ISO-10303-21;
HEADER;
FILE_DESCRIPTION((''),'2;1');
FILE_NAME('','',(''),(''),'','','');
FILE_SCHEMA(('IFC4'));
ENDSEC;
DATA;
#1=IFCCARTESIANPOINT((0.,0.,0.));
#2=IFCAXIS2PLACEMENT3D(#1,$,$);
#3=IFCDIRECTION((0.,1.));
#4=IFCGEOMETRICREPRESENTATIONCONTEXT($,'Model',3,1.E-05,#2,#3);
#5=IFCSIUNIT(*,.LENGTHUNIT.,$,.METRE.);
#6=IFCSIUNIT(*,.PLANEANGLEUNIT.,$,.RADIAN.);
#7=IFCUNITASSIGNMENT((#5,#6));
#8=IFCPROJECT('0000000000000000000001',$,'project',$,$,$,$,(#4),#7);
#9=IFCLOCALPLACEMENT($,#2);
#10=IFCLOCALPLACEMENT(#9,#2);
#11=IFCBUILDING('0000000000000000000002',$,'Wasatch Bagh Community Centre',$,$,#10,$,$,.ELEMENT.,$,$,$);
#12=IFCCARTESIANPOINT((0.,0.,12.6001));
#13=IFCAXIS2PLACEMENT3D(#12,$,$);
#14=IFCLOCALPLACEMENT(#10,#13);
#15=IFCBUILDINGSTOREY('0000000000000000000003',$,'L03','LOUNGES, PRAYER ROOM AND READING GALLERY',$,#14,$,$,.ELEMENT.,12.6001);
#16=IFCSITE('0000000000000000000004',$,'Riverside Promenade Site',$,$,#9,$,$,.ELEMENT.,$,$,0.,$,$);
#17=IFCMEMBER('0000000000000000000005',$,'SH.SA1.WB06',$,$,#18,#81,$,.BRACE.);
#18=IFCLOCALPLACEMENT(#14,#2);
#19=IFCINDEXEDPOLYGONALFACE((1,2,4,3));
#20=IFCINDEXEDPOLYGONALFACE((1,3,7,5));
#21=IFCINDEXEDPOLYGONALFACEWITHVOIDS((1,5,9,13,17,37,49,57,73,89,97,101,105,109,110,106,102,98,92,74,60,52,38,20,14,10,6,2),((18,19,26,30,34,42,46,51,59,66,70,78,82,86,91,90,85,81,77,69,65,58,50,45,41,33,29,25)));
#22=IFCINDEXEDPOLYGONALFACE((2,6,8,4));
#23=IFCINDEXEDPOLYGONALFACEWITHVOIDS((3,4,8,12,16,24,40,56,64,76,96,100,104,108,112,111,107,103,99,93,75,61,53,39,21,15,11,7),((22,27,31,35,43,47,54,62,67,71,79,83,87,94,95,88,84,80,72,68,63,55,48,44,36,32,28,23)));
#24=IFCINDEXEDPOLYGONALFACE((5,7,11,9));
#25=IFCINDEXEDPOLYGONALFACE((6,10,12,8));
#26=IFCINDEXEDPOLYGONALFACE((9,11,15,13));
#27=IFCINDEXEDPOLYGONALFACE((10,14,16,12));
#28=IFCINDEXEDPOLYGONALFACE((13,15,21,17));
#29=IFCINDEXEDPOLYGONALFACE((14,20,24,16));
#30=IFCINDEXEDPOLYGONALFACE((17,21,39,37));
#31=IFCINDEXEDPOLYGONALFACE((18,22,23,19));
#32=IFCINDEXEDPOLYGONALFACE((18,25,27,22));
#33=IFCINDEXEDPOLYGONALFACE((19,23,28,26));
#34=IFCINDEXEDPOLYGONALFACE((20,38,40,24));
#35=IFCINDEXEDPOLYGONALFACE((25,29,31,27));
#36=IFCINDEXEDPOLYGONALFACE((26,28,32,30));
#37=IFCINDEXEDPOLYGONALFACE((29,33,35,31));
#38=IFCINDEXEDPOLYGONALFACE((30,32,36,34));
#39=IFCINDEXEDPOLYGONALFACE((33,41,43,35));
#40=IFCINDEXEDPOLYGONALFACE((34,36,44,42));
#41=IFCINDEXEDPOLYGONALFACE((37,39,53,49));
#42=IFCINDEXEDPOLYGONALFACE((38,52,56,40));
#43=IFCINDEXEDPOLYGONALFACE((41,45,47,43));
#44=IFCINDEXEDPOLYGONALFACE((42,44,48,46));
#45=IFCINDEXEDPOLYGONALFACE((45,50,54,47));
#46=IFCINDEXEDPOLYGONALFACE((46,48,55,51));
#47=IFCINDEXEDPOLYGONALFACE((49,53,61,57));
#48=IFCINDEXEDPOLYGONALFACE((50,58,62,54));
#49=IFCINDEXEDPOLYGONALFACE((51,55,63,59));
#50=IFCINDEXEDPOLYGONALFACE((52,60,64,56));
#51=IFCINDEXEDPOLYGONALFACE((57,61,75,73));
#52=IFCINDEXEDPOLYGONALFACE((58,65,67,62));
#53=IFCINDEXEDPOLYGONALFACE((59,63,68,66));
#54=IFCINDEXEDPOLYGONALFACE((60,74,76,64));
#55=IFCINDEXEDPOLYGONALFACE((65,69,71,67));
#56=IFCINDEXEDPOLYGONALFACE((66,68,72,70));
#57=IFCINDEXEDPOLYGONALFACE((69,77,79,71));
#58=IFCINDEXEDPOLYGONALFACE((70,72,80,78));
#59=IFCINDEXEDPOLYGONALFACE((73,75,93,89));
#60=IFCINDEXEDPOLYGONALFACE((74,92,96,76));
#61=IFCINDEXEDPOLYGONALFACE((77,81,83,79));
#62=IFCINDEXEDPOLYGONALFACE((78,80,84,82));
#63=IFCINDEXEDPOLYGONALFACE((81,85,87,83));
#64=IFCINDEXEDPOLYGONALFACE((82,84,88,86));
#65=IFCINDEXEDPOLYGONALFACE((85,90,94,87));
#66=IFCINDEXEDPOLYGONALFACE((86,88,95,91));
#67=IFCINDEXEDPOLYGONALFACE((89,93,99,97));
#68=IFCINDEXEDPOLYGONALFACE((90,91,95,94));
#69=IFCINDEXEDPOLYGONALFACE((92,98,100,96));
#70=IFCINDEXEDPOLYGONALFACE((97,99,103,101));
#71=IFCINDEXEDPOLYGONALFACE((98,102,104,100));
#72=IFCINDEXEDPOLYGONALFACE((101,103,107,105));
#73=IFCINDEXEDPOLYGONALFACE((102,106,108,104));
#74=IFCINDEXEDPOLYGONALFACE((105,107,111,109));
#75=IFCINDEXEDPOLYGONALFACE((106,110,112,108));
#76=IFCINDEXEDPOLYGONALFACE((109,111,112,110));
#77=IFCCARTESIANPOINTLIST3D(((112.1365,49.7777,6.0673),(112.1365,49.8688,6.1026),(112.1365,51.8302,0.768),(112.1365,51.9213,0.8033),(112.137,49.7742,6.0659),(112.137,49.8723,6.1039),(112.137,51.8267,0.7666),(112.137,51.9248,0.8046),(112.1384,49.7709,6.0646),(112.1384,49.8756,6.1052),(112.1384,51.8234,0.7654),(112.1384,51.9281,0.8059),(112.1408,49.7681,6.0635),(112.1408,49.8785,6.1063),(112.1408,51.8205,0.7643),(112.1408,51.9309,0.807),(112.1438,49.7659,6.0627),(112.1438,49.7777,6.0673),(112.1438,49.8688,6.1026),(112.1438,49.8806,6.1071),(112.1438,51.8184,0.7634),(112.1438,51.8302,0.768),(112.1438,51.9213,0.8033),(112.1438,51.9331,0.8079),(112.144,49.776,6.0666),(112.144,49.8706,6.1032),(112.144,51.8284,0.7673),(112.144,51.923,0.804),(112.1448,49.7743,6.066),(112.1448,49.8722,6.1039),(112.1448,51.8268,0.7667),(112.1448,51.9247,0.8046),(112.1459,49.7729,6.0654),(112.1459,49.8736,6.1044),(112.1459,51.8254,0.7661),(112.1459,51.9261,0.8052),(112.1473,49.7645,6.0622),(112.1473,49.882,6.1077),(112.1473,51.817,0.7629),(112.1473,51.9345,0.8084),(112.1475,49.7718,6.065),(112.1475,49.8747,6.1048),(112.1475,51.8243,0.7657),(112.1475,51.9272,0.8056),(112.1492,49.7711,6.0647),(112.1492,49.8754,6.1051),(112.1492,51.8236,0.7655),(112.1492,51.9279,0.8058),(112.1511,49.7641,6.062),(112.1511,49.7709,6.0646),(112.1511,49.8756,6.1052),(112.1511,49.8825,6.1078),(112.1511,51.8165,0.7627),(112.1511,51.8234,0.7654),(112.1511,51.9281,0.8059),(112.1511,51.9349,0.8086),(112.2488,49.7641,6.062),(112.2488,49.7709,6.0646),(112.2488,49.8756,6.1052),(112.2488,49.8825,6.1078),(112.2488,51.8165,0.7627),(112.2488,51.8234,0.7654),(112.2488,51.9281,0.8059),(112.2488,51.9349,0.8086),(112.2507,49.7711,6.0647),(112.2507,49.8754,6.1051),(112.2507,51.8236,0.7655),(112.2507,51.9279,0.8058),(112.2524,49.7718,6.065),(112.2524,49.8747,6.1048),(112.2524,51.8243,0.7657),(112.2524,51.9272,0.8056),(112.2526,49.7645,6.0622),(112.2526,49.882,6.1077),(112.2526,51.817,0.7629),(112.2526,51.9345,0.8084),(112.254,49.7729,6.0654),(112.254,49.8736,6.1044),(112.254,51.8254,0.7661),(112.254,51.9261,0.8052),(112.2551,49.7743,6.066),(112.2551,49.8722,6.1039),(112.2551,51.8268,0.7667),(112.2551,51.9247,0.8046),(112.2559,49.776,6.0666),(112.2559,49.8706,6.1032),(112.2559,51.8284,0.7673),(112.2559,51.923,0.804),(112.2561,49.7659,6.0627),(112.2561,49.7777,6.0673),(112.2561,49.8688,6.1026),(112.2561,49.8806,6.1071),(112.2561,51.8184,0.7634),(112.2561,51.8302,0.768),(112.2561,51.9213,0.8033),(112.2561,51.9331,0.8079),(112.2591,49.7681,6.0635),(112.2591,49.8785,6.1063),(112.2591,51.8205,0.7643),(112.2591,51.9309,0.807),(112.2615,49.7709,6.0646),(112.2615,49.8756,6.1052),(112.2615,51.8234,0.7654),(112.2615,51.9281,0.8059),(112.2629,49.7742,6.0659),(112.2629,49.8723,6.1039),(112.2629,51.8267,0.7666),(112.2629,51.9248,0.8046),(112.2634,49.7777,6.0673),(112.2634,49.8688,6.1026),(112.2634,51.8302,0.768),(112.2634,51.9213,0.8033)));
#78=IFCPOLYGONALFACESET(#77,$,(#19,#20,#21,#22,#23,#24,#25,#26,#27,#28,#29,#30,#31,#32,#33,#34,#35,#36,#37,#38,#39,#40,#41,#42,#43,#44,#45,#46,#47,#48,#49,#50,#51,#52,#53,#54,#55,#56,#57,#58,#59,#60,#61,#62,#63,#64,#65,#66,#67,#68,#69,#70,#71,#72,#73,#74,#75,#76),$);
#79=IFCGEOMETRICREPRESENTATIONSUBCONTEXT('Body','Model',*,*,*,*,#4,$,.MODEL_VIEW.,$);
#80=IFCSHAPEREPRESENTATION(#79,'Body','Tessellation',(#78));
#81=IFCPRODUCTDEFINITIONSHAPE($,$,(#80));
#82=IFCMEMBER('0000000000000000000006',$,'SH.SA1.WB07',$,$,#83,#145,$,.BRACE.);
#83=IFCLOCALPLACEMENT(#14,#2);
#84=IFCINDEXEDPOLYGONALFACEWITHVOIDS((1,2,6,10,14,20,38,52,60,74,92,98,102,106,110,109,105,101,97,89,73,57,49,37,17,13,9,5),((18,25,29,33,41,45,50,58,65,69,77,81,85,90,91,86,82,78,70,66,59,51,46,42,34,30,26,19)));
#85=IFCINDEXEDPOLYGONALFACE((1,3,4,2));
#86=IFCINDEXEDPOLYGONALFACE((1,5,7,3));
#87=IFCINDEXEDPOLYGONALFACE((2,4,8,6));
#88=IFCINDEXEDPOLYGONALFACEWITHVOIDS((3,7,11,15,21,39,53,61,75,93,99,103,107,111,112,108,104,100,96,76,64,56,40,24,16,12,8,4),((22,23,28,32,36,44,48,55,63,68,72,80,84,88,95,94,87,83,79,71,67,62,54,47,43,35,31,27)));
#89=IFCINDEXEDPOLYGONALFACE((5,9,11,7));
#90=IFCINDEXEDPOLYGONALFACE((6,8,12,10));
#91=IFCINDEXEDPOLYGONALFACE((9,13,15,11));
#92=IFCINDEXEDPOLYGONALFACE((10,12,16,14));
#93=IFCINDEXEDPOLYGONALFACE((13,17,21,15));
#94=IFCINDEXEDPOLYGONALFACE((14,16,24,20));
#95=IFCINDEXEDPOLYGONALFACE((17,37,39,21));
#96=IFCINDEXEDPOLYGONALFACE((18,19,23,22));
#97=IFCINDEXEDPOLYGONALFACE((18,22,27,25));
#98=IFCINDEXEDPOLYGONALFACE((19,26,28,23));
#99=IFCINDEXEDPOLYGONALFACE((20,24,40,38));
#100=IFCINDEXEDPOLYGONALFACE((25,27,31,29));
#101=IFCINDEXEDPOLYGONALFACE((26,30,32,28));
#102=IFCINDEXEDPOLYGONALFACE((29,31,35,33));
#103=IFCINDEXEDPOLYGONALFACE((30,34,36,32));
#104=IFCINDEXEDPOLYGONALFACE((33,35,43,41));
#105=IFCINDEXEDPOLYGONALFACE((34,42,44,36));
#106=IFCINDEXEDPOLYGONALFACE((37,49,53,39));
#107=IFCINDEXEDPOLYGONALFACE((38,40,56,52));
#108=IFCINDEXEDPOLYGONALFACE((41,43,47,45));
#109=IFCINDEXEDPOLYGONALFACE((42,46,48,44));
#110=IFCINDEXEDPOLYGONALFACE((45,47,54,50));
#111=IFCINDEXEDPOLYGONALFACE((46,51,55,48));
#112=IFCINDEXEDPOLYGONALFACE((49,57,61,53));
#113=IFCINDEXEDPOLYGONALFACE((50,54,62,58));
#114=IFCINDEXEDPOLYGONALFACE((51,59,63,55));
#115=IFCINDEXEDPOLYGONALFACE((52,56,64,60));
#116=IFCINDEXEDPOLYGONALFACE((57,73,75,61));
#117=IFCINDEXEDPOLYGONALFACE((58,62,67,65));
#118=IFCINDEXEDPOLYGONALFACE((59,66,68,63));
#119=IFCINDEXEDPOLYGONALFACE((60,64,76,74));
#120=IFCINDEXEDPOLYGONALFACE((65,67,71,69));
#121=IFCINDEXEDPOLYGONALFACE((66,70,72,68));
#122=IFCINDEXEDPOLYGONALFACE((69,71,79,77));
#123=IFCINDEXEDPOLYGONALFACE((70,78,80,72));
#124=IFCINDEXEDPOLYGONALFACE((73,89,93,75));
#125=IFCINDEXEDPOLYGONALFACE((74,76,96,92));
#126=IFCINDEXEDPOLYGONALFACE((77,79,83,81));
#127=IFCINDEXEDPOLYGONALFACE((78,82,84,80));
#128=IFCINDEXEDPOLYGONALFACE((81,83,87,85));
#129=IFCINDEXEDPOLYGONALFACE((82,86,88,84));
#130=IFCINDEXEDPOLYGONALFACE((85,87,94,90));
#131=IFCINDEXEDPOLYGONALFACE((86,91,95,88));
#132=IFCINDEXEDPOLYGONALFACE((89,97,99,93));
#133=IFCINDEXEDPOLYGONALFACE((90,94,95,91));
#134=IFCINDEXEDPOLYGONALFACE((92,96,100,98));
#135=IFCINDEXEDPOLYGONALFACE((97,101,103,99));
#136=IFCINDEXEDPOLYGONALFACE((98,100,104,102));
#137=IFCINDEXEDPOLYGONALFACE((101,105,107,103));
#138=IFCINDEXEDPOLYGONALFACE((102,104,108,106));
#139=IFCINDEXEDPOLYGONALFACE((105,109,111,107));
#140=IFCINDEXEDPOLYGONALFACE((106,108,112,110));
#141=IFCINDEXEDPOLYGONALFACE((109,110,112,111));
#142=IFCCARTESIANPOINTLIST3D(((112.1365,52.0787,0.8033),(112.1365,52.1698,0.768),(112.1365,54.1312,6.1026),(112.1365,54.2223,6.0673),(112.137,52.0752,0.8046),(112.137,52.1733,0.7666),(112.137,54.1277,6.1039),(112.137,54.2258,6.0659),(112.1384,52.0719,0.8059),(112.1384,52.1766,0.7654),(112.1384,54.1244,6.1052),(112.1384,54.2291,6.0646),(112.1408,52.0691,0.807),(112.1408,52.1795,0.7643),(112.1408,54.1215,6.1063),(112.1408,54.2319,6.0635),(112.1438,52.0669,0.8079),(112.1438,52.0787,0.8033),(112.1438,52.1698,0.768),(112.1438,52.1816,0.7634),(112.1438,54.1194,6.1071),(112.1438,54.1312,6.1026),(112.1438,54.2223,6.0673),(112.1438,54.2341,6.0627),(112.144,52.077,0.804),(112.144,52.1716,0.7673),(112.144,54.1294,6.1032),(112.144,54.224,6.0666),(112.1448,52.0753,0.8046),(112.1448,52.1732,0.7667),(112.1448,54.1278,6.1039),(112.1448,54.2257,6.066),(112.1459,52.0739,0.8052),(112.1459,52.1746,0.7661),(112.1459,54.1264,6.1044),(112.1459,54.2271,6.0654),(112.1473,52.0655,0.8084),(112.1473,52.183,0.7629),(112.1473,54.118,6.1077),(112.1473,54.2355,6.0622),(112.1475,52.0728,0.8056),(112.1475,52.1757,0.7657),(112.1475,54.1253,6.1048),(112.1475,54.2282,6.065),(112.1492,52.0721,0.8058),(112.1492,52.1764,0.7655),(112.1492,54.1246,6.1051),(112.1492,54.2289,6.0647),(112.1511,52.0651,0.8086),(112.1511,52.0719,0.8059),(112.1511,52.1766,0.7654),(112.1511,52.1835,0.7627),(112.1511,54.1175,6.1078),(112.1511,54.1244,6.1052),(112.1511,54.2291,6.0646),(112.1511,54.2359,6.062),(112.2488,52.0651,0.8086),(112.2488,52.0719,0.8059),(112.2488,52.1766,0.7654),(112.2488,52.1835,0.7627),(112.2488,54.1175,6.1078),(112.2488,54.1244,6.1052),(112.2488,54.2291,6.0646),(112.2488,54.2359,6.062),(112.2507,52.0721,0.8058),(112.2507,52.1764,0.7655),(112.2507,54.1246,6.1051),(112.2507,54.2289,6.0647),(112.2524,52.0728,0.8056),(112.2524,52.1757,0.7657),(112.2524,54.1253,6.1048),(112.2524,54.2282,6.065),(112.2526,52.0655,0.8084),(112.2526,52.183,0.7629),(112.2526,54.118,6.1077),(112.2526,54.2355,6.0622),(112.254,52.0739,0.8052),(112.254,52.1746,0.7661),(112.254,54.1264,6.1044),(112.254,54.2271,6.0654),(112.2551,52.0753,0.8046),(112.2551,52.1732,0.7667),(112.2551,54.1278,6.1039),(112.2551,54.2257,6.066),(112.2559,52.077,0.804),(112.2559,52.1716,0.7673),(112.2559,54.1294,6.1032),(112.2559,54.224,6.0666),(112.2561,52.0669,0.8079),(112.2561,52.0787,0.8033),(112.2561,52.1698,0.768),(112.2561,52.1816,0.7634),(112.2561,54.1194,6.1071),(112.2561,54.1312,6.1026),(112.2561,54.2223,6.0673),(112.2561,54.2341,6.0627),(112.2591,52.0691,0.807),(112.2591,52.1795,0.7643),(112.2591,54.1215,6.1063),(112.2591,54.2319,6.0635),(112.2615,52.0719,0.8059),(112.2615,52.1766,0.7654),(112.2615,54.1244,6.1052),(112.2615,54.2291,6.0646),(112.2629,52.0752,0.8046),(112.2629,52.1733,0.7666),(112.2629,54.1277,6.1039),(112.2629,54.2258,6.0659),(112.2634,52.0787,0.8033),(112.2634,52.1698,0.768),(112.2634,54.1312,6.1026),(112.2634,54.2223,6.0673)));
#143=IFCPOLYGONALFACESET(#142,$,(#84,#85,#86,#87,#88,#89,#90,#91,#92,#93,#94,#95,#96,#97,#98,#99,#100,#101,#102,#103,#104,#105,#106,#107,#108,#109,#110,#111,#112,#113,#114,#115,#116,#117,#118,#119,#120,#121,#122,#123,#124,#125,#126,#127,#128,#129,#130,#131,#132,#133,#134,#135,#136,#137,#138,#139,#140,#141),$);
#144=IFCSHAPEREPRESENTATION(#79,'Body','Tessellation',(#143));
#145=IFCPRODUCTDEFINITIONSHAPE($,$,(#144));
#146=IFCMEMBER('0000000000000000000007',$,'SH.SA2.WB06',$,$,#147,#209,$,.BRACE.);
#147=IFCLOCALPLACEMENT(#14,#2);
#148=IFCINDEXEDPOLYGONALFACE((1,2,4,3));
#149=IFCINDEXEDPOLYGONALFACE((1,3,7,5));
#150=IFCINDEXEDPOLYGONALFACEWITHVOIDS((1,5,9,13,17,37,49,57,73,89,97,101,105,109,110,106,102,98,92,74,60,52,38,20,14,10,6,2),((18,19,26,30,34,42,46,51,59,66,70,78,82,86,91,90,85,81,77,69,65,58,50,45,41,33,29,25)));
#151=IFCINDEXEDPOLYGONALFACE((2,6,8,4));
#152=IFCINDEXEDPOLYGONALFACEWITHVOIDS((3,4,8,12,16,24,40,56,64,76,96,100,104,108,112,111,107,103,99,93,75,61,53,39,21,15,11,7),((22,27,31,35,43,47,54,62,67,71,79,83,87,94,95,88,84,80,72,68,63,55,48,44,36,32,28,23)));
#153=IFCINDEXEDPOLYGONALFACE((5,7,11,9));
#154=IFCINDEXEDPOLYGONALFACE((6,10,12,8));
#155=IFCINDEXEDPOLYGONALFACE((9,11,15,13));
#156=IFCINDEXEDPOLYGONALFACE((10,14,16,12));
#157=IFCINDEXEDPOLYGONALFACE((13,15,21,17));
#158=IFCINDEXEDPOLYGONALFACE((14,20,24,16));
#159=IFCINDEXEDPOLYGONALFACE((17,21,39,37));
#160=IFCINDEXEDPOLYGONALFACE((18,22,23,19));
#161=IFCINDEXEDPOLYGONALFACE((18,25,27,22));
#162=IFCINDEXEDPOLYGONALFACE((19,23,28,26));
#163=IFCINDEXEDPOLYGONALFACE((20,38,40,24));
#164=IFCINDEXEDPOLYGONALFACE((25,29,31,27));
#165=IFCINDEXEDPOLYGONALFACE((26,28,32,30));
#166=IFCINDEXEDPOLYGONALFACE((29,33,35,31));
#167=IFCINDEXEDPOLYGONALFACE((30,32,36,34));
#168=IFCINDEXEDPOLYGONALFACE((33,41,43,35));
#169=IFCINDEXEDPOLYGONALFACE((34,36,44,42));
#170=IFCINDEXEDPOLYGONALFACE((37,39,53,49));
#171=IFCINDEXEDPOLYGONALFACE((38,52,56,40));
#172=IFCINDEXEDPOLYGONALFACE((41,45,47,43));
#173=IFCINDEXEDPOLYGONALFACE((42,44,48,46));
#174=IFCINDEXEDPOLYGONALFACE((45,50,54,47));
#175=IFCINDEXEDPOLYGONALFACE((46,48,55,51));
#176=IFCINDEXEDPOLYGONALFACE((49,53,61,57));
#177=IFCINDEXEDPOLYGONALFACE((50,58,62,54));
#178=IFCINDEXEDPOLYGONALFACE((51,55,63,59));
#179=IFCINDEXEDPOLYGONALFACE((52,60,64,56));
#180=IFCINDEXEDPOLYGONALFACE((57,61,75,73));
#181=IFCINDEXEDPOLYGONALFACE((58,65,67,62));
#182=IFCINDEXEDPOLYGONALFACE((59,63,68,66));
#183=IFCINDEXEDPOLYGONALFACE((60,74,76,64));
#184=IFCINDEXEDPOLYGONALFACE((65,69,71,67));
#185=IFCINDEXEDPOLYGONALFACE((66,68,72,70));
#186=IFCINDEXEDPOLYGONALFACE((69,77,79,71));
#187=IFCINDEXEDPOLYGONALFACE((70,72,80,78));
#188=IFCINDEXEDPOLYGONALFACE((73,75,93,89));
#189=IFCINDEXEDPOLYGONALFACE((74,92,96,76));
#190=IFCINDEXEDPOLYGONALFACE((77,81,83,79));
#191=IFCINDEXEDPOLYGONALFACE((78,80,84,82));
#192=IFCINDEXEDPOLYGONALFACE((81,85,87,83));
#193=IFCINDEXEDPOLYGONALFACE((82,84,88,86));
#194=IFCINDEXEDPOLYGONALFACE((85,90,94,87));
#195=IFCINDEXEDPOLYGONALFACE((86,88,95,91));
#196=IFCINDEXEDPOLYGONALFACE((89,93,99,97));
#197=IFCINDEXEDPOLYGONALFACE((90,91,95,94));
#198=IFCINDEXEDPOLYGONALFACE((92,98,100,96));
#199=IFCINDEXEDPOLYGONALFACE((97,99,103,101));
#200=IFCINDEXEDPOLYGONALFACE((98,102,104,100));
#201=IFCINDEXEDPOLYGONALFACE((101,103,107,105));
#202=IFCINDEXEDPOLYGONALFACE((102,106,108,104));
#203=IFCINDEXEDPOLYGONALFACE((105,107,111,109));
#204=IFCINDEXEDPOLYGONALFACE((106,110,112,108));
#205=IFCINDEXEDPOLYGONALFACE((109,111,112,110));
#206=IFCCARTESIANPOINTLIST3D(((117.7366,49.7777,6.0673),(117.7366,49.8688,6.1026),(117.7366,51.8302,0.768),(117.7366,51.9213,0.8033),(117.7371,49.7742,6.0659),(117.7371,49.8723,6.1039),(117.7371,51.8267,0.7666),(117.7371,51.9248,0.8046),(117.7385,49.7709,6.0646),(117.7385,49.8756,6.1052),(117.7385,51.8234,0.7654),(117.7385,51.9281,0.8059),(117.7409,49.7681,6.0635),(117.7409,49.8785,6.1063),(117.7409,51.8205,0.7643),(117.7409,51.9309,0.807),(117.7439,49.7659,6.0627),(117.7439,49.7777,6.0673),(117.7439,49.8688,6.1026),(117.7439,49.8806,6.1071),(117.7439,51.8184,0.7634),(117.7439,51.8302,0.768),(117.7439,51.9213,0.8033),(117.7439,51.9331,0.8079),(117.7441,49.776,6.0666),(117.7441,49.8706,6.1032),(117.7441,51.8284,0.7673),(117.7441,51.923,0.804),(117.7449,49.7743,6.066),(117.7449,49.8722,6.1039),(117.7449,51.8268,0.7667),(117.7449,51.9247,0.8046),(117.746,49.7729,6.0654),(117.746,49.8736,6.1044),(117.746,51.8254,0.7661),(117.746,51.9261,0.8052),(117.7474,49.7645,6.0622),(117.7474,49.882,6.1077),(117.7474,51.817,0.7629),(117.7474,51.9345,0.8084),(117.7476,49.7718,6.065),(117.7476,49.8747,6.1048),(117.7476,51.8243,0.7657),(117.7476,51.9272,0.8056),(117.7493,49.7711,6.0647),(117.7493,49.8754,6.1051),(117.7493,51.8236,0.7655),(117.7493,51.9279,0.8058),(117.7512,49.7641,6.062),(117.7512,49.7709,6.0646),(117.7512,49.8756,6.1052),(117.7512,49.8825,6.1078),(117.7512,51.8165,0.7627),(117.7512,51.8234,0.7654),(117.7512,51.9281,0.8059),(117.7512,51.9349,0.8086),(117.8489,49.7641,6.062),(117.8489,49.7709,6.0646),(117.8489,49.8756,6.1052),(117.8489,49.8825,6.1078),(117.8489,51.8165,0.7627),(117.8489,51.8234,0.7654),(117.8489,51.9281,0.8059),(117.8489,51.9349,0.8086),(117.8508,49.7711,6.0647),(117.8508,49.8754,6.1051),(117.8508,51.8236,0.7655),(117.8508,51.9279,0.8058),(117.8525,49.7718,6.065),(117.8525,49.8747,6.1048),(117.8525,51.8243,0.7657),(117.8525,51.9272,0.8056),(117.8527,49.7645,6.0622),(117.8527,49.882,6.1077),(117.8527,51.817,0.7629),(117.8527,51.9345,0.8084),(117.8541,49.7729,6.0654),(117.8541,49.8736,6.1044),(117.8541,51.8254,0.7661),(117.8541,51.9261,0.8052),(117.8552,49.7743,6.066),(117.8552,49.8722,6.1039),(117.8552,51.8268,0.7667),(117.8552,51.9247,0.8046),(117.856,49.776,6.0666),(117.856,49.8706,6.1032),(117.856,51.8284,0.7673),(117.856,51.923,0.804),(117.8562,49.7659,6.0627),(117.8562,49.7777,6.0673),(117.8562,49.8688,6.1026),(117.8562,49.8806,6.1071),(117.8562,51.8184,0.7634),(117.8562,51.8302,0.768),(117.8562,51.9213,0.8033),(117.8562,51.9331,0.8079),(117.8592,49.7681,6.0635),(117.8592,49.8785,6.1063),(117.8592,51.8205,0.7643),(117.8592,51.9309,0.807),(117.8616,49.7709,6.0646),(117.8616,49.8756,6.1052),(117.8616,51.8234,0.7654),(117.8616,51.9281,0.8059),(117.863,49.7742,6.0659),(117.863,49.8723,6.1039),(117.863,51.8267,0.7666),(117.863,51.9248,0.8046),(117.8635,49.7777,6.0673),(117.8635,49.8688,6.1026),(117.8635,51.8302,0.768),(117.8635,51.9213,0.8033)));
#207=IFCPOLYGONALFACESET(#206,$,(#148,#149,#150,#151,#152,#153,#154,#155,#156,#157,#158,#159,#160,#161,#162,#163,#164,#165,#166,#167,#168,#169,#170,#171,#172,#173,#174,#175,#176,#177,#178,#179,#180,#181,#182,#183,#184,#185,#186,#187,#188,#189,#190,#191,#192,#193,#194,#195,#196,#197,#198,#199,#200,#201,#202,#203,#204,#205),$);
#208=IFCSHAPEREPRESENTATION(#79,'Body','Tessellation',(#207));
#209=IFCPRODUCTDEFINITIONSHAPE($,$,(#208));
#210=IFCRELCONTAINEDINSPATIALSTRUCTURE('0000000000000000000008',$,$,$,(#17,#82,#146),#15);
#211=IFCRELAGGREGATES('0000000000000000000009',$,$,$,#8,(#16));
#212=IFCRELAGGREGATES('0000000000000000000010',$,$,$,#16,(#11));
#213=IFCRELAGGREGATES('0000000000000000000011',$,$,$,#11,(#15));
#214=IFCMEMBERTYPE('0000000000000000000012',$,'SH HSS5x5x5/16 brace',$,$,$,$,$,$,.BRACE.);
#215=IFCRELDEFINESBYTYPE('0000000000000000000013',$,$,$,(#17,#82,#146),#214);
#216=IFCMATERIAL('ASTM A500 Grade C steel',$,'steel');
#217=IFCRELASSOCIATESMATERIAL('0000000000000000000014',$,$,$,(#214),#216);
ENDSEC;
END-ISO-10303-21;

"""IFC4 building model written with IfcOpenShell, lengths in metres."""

from ifc_helpers import new_model, si_unit, direction, frame, origin, origin_2d, place, context, subcontext, project, spatial, hollow_rectangle, extrude, material, material_profile, profile_set, type_object, element, save


model = new_model("IFC4")

# Units and contexts
model_context = context("Model", 3, precision=1e-05, world=origin(), true_north=direction((0.0, 1.0)))
body_context = subcontext(model_context, "Body", "Model", "MODEL_VIEW")
ifc_project = project(units=[si_unit("LENGTHUNIT", "METRE"), si_unit("PLANEANGLEUNIT", "RADIAN")], contexts=[model_context])

# Site, building, storey
site_placement = place(None, origin())
site = spatial("IfcSite", under=ifc_project, at=site_placement, Name="Riverside Promenade Site", CompositionType="ELEMENT", RefElevation=0.0)
building_placement = place(site_placement, origin())
building = spatial("IfcBuilding", under=site, at=building_placement, Name="Wasatch Bagh Community Centre", CompositionType="ELEMENT")
storey_placement = place(building_placement, frame((0.0, 0.0, 12.6001)))
storey = spatial("IfcBuildingStorey", under=building, at=storey_placement, Name="L03", Description="LOUNGES, PRAYER ROOM AND READING GALLERY", CompositionType="ELEMENT", Elevation=12.6001)

# Members
ifc_material_1 = material(Name="ASTM A500 Grade C steel", Category="steel")
ifc_material_profile_1 = material_profile(ifc_material_1, hollow_rectangle(XDim=0.127, YDim=0.127, WallThickness=0.0073, InnerFilletRadius=0.0073, OuterFilletRadius=0.0146, at=origin_2d()), Name="HSS5x5x5/16")
ifc_profile_set_1 = profile_set([ifc_material_profile_1], Name="ASTM A500 Grade C steel")
member_type_1 = type_object("IfcMemberType", Name="SH HSS5x5x5/16 brace", PredefinedType="BRACE", material=ifc_profile_set_1)
for number, where, z_axis, x_axis, name in (
    (1, (112.2, 51.8757, 0.7856), (0.0, -0.361169, 0.9325), (1.0, 0.0, 0.0), "SH.SA1.WB06"),
    (2, (112.2, 52.1243, 0.7856), (0.0, 0.361169, 0.9325), (-1.0, 0.0, 0.0), "SH.SA1.WB07"),
    (3, (117.8, 51.8757, 0.7856), (0.0, -0.361169, 0.9325), (1.0, 0.0, 0.0), "SH.SA2.WB06"),
):
    element("IfcMember", number, at=place(storey_placement, frame(where, z_axis=z_axis, x_axis=x_axis)), inside=storey, type_object=member_type_1, Name=name, PredefinedType="BRACE", context=body_context, shape_type="SweptSolid", body=[
        extrude(hollow_rectangle(XDim=0.127, YDim=0.127, WallThickness=0.0073, InnerFilletRadius=0.0073, OuterFilletRadius=0.0146, at=origin_2d()), origin(), (0.0, 0.0, 1.0), 5.6829),
    ])

save(model, "model.ifc")
